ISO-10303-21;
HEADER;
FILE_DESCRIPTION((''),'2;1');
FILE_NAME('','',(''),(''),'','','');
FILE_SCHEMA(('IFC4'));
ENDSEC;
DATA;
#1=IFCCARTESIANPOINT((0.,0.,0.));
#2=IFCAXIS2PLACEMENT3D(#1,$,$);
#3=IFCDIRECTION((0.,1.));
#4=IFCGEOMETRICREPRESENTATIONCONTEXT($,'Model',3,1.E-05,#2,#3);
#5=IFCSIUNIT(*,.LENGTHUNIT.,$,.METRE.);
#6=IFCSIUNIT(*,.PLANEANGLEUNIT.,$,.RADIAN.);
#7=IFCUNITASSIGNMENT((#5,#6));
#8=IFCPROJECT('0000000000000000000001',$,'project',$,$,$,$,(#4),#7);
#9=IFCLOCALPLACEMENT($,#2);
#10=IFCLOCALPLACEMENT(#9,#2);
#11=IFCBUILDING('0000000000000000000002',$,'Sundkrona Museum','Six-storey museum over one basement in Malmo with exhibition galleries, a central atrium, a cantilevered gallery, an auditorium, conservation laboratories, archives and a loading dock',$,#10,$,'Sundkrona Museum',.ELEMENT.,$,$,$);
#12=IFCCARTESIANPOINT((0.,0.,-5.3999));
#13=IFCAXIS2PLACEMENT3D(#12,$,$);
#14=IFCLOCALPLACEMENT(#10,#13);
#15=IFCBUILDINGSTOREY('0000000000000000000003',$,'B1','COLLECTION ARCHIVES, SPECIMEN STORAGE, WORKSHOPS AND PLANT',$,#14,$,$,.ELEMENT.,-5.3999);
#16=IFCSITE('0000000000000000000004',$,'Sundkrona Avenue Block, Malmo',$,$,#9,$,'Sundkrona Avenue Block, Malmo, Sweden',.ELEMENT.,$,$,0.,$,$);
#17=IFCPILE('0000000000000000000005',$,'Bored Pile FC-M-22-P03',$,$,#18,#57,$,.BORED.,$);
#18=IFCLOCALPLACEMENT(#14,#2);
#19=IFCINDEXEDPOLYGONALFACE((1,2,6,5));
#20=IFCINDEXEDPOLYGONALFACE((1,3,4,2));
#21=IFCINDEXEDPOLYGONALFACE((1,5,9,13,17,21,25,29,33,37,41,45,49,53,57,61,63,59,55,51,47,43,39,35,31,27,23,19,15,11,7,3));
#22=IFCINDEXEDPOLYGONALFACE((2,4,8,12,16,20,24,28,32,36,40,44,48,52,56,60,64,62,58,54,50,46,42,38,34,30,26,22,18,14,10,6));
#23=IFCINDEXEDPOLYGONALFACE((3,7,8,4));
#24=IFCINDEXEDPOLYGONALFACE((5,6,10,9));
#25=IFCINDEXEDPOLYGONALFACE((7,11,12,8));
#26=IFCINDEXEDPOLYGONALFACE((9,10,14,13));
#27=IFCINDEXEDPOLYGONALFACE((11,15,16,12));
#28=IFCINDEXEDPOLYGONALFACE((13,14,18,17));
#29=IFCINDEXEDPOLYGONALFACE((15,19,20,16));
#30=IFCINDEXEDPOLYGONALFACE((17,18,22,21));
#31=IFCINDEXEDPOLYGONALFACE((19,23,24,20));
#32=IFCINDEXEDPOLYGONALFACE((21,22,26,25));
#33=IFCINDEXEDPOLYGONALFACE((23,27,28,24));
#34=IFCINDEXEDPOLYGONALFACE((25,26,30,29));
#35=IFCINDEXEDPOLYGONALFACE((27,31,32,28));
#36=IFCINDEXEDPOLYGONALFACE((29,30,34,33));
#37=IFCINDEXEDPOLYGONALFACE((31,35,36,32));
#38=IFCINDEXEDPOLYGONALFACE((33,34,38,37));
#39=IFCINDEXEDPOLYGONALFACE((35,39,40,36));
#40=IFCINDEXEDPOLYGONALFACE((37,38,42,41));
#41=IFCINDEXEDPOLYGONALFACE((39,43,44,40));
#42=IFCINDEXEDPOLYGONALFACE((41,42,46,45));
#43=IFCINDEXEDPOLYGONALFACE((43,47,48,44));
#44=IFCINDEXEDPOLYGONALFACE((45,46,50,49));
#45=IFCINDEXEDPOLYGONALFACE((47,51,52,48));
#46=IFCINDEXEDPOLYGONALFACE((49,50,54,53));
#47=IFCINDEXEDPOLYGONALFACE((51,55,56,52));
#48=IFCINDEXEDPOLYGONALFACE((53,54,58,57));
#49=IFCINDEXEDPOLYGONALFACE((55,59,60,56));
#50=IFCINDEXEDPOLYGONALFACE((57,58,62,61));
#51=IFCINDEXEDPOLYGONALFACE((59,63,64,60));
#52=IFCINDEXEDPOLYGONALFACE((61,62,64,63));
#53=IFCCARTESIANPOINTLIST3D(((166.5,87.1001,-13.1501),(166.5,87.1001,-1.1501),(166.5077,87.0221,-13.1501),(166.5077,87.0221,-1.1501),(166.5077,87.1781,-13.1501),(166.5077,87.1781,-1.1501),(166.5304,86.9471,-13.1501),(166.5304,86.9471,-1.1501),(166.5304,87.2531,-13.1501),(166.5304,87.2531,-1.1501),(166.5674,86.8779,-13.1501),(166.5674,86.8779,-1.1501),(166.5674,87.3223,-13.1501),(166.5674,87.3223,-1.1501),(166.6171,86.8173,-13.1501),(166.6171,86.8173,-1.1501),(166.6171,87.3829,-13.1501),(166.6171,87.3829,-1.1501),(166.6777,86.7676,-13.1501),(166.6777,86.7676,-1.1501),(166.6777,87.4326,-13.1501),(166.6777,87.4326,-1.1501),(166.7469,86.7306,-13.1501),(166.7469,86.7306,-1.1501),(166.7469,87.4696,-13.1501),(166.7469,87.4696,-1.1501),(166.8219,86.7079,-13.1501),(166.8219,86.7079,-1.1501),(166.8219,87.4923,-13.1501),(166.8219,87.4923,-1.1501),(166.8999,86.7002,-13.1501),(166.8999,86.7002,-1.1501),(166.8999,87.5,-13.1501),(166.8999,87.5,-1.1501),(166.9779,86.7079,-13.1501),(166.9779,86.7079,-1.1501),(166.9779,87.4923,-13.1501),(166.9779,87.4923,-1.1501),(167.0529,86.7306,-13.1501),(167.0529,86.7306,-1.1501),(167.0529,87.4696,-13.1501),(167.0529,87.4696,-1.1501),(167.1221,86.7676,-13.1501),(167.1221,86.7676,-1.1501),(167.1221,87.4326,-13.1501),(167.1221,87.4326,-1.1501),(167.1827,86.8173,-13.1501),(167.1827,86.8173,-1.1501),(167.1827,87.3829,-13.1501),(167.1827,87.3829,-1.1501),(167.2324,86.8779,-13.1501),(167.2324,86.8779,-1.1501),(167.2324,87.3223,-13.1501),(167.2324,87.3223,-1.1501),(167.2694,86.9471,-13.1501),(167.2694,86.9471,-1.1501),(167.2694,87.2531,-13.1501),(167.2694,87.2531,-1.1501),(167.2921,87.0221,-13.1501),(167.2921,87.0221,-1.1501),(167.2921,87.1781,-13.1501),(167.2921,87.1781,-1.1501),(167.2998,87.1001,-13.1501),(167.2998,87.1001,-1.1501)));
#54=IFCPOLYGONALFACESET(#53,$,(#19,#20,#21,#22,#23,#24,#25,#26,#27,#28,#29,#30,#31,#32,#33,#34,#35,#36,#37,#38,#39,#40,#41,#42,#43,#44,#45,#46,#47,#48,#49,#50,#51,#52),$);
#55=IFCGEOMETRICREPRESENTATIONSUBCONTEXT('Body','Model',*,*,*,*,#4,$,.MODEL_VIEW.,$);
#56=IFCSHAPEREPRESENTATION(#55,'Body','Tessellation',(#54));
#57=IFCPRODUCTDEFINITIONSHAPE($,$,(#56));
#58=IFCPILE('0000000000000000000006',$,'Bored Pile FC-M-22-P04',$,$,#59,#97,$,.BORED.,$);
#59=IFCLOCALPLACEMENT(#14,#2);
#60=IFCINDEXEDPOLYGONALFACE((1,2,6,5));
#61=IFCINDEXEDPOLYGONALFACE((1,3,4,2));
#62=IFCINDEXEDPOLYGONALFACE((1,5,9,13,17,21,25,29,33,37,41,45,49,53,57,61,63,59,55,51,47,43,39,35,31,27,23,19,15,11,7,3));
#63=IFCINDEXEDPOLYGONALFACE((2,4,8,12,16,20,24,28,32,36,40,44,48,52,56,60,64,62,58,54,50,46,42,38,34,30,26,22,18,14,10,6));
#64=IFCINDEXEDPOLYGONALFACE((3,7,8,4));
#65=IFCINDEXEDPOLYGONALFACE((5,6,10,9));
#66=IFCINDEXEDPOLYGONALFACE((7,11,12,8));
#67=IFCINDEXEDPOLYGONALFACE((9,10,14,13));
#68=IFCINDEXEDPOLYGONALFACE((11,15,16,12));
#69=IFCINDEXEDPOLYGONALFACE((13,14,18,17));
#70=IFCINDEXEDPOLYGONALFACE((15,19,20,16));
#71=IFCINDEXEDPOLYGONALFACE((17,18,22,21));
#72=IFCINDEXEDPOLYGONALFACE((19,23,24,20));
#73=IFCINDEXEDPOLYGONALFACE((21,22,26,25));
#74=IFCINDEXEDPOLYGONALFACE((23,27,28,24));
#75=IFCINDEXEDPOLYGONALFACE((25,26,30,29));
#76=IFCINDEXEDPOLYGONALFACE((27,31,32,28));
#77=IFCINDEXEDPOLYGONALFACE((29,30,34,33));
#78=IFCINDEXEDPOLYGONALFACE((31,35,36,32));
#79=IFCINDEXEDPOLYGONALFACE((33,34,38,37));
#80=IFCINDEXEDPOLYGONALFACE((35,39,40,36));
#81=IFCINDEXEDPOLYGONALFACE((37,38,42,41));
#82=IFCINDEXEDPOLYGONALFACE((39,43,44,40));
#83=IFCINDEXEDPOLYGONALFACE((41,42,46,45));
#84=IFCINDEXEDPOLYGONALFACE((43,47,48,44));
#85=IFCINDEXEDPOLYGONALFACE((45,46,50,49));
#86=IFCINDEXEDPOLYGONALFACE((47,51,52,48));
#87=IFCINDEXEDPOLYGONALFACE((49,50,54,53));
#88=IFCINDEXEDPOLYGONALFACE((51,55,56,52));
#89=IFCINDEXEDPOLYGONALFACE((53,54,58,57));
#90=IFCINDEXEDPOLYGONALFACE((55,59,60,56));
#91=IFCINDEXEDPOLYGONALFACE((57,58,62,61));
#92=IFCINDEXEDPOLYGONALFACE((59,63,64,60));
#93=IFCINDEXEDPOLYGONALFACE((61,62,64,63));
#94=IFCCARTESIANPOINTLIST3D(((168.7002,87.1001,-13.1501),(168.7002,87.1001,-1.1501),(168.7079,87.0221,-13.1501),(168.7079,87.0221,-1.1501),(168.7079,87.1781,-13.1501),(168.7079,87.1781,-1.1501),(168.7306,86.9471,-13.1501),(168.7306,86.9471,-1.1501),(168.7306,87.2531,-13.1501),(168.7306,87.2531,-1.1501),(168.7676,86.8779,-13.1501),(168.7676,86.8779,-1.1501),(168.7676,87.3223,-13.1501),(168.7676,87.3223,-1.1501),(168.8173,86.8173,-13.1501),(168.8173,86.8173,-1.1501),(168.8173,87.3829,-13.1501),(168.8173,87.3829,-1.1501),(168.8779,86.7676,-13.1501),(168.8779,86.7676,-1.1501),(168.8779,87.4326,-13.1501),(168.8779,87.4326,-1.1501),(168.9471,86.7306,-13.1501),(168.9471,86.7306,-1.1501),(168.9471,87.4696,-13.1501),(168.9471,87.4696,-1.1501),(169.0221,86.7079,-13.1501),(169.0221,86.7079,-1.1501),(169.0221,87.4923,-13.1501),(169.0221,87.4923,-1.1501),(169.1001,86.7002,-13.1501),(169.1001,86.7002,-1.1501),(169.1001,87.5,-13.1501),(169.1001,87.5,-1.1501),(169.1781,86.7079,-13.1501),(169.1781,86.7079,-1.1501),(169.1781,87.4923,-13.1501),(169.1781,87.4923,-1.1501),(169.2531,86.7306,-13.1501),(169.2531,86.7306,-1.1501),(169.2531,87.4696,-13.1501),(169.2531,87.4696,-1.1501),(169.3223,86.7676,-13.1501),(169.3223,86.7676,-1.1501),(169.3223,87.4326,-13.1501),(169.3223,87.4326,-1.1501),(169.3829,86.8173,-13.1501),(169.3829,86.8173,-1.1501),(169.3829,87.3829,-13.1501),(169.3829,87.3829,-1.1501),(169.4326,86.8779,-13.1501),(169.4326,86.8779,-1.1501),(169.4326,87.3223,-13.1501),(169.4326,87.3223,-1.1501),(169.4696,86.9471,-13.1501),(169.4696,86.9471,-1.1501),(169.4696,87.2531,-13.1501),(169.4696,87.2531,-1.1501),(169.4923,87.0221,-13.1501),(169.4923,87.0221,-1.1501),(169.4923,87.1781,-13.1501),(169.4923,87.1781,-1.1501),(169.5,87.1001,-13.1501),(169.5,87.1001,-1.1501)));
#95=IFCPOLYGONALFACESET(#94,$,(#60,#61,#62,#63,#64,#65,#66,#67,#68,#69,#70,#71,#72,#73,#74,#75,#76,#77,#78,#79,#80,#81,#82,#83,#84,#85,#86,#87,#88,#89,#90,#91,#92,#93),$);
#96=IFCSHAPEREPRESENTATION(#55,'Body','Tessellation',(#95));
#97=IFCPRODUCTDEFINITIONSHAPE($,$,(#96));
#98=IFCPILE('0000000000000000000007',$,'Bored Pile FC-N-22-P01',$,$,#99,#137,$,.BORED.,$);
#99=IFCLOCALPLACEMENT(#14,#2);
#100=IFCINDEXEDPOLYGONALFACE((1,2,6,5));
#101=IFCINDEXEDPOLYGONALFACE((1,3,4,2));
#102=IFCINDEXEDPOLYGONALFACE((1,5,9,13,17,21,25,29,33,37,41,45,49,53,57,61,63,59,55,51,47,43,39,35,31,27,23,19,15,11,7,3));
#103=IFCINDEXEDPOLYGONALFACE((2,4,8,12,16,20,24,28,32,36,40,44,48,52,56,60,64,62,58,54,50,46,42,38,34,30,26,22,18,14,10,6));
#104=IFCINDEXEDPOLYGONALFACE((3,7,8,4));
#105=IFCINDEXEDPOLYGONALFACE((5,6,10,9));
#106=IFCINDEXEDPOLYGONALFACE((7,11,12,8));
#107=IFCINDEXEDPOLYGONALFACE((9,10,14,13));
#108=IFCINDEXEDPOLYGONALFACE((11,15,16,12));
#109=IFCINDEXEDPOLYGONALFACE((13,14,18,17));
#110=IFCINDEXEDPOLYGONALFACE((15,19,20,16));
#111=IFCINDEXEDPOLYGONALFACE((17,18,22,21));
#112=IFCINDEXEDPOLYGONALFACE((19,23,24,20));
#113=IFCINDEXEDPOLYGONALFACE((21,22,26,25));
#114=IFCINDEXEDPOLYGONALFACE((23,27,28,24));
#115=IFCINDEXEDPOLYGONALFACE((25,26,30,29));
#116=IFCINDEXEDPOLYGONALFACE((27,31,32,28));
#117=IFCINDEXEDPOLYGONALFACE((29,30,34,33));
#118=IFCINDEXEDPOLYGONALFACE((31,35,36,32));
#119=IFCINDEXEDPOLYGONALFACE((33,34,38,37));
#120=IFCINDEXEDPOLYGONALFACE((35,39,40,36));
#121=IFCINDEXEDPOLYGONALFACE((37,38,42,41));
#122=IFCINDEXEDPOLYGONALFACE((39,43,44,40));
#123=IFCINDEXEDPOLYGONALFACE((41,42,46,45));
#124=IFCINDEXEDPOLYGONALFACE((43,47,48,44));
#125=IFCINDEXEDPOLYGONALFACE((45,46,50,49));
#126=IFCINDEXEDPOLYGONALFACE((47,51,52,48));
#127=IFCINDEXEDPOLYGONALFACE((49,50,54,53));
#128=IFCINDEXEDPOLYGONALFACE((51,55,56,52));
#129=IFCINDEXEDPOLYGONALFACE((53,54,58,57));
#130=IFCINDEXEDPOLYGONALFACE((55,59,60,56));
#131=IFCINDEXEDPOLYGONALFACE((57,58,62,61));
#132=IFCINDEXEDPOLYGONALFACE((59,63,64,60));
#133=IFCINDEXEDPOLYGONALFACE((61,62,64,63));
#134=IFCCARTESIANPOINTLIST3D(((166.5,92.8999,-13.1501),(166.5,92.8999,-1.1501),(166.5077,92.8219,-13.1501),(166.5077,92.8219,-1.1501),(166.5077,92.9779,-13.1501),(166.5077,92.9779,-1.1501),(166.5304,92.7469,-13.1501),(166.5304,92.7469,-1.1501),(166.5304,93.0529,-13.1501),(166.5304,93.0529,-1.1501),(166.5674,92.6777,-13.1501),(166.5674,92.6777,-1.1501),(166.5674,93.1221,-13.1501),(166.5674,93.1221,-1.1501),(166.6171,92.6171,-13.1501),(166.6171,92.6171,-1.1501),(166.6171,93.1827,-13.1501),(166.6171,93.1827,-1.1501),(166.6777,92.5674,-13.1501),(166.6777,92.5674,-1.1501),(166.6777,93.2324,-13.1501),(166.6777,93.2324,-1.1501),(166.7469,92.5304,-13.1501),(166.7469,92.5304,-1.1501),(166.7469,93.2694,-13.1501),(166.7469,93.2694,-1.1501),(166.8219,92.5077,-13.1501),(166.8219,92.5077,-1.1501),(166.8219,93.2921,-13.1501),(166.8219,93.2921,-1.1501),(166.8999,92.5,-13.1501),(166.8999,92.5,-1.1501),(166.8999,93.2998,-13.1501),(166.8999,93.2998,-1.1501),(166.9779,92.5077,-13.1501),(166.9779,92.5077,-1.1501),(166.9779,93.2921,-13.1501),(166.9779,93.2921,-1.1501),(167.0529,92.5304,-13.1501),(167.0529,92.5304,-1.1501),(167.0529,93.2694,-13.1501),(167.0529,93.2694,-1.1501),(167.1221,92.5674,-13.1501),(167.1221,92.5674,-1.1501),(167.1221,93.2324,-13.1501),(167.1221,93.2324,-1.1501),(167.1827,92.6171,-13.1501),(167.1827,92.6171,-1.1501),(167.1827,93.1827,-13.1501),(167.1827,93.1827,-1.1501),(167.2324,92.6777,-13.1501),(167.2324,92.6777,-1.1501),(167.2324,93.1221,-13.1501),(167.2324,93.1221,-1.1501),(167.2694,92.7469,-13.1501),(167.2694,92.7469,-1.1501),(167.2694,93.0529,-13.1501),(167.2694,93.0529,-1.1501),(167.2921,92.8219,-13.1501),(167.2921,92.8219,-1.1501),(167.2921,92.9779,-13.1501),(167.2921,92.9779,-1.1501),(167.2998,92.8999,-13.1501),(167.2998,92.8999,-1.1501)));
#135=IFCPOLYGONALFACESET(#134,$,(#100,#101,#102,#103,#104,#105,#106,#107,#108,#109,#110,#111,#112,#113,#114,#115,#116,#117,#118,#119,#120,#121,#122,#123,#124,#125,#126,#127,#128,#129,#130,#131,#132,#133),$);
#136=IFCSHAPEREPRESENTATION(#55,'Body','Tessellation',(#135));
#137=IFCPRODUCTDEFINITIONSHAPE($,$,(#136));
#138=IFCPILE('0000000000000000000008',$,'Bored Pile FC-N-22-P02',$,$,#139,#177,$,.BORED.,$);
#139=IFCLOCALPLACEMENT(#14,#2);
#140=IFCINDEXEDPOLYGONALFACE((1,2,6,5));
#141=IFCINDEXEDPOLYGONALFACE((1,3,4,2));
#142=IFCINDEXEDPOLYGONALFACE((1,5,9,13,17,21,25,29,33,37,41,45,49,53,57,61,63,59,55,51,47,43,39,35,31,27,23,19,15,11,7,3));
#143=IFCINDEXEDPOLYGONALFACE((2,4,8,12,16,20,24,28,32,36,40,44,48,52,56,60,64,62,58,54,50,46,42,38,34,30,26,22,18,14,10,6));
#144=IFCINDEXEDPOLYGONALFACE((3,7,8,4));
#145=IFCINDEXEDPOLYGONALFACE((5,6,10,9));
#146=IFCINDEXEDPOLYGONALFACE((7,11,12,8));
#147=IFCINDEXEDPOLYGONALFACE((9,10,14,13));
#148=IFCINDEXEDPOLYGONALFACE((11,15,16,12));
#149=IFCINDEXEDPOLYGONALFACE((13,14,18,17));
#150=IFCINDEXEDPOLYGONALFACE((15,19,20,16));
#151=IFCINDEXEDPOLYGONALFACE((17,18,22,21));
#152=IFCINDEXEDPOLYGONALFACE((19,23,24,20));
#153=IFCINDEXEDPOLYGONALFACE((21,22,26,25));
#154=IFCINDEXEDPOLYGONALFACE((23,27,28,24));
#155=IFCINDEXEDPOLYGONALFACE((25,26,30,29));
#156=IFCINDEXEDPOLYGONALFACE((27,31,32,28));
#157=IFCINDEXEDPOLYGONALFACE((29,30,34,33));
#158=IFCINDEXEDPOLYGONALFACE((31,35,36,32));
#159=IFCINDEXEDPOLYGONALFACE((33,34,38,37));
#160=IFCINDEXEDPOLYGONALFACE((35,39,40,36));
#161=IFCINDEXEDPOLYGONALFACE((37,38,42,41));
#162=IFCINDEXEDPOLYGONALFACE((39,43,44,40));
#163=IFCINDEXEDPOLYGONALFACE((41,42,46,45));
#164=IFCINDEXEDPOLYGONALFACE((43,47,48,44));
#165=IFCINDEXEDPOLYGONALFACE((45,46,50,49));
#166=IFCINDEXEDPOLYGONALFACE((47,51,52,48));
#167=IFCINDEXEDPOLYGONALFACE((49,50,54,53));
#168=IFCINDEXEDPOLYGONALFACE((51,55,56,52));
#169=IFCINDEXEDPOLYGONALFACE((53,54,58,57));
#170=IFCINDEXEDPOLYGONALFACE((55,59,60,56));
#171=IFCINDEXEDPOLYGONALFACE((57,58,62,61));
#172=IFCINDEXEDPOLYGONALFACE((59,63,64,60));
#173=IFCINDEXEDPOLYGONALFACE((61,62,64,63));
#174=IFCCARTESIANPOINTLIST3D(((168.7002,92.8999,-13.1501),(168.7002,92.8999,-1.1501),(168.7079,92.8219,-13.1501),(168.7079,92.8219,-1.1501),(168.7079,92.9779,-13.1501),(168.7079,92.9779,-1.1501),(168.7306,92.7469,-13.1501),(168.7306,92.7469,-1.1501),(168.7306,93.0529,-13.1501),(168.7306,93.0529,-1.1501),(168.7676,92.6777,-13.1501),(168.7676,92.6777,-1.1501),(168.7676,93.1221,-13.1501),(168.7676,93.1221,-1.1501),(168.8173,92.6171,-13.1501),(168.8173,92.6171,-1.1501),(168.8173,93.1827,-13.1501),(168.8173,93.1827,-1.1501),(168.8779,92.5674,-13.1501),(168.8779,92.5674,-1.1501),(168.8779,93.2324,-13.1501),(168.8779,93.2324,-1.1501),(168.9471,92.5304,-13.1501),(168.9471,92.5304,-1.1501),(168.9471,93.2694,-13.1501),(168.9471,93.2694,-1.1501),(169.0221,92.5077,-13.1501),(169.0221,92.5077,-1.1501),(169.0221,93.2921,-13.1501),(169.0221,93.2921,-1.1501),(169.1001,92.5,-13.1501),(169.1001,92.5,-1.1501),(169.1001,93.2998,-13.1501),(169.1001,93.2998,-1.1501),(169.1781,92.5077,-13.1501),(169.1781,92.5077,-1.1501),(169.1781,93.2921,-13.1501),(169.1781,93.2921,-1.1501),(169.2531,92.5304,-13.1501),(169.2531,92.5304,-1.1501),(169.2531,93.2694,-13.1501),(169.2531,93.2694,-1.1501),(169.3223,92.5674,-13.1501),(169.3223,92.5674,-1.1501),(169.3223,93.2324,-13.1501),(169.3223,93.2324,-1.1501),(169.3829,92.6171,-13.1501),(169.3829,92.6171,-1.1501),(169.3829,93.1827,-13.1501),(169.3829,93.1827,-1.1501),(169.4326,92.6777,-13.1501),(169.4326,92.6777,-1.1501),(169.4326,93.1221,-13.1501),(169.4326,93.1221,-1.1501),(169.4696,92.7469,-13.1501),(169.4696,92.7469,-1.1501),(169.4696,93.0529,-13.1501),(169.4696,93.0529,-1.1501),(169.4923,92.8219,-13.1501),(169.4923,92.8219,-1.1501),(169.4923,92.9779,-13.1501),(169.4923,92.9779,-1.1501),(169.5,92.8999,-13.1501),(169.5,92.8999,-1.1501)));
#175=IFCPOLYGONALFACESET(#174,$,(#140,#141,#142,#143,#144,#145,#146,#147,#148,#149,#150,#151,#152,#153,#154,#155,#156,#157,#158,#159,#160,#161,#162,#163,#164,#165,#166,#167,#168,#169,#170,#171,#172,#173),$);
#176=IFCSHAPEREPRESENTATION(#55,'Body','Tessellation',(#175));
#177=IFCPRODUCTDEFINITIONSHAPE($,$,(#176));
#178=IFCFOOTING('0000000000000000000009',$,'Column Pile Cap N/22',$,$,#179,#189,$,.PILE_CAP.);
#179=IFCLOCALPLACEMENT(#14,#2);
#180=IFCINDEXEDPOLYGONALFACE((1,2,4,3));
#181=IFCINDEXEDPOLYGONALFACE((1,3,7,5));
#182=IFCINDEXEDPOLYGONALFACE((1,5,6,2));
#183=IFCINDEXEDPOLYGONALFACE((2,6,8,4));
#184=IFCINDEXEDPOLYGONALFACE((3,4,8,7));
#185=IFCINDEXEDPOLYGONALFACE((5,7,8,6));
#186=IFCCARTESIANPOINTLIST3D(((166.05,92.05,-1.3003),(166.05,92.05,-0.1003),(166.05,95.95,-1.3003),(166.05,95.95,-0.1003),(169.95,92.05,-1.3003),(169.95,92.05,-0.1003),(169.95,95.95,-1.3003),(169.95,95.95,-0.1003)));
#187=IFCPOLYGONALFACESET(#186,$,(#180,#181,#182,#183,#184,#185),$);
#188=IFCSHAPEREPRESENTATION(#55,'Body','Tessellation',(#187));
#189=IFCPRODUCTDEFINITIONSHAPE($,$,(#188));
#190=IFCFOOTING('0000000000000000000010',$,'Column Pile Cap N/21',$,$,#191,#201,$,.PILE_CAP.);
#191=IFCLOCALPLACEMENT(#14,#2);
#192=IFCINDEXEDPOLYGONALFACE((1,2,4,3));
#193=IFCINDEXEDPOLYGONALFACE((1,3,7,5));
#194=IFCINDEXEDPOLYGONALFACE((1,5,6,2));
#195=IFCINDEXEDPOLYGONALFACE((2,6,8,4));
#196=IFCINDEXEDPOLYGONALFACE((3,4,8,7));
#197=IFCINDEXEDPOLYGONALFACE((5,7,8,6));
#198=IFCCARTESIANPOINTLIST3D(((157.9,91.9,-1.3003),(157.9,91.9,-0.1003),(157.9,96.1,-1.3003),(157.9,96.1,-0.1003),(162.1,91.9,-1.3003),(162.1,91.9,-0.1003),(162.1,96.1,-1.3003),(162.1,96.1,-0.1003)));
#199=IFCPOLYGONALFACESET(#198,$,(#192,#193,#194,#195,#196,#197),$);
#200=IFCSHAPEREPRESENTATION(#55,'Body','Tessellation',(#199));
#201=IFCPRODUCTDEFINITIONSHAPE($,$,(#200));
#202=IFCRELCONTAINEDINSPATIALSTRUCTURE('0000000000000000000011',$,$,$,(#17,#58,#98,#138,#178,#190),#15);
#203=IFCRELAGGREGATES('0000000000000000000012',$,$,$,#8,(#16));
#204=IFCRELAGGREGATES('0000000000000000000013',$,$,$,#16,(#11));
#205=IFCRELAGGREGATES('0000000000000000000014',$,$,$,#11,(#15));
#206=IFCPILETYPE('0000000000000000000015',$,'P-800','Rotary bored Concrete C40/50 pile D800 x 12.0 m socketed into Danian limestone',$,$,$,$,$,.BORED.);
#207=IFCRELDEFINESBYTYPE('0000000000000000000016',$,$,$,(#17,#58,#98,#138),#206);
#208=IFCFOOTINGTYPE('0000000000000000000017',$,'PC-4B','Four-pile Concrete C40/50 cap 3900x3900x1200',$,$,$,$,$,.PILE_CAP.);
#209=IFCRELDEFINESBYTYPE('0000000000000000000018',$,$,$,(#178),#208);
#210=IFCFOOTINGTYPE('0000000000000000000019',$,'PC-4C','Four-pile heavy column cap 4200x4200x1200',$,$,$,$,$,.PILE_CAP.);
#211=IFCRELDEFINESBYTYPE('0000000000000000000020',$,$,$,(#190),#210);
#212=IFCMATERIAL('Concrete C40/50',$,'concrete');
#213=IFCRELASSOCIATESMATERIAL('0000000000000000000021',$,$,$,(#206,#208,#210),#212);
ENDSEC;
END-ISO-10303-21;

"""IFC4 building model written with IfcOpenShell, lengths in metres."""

from ifc_helpers import new_model, si_unit, direction, frame, origin, origin_2d, place, context, subcontext, project, spatial, rectangle, circle, extrude, material, material_profile, profile_set, type_object, element, save


model = new_model("IFC4")

# Units and contexts
model_context = context("Model", 3, precision=1e-05, world=origin(), true_north=direction((0.0, 1.0)))
body_context = subcontext(model_context, "Body", "Model", "MODEL_VIEW")
ifc_project = project(units=[si_unit("LENGTHUNIT", "METRE"), si_unit("PLANEANGLEUNIT", "RADIAN")], contexts=[model_context])

# Site, building, storey
site_placement = place(None, origin())
site = spatial("IfcSite", under=ifc_project, at=site_placement, Name="Sundkrona Avenue Block, Malmo", LongName="Sundkrona Avenue Block, Malmo, Sweden", CompositionType="ELEMENT", RefElevation=0.0)
building_placement = place(site_placement, origin())
building = spatial("IfcBuilding", under=site, at=building_placement, Name="Sundkrona Museum", Description="Six-storey museum over one basement in Malmo with exhibition galleries, a central atrium, a cantilevered gallery, an auditorium, conservation laboratories, archives and a loading dock", LongName="Sundkrona Museum", CompositionType="ELEMENT")
storey_placement = place(building_placement, frame((0.0, 0.0, -5.3999)))
storey = spatial("IfcBuildingStorey", under=building, at=storey_placement, Name="B1", Description="COLLECTION ARCHIVES, SPECIMEN STORAGE, WORKSHOPS AND PLANT", CompositionType="ELEMENT", Elevation=-5.3999)

# Shared definitions
ifc_material_1 = material(Name="Concrete C40/50", Category="concrete")

# Piles
ifc_material_profile_1 = material_profile(ifc_material_1, circle(Radius=0.3999, at=origin_2d()), Name="PILE D800")
ifc_profile_set_1 = profile_set([ifc_material_profile_1], Name="Concrete C40/50")
pile_type = type_object("IfcPileType", Name="P-800", Description="Rotary bored Concrete C40/50 pile D800 x 12.0 m socketed into Danian limestone", PredefinedType="BORED", material=ifc_profile_set_1)
for number, where, z_axis, x_axis, name in (
    (1, (166.8999, 87.1001, -1.1501), (0.0, 0.0, -1.0), (1.0, 0.0, 0.0), "Bored Pile FC-M-22-P03"),
    (2, (169.1001, 87.1001, -1.1501), (0.0, 0.0, -1.0), (1.0, 0.0, 0.0), "Bored Pile FC-M-22-P04"),
    (3, (166.8999, 92.8999, -1.1501), (0.0, 0.0, -1.0), (1.0, 0.0, 0.0), "Bored Pile FC-N-22-P01"),
    (4, (169.1001, 92.8999, -1.1501), (0.0, 0.0, -1.0), (1.0, 0.0, 0.0), "Bored Pile FC-N-22-P02"),
):
    element("IfcPile", number, at=place(storey_placement, frame(where, z_axis=z_axis, x_axis=x_axis)), inside=storey, type_object=pile_type, Name=name, PredefinedType="BORED", context=body_context, shape_type="SweptSolid", body=[
        extrude(circle(Radius=0.3999, at=origin_2d()), origin(), (0.0, 0.0, 1.0), 12.0),
    ])

# Footings
footing_type_1 = type_object("IfcFootingType", Name="PC-4B", Description="Four-pile Concrete C40/50 cap 3900x3900x1200", PredefinedType="PILE_CAP", material=ifc_material_1)
footing_1_placement = place(storey_placement, frame((168.0, 94.0, -1.3003), z_axis=(0.0, 0.0, 1.0), x_axis=(1.0, 0.0, 0.0)))
element("IfcFooting", 5, at=footing_1_placement, inside=storey, type_object=footing_type_1, Name="Column Pile Cap N/22", PredefinedType="PILE_CAP", context=body_context, shape_type="SweptSolid", body=[
    extrude(rectangle(XDim=3.8999, YDim=3.8999, at=origin_2d()), origin(), (0.0, 0.0, 1.0), 1.2),
])
footing_type_2 = type_object("IfcFootingType", Name="PC-4C", Description="Four-pile heavy column cap 4200x4200x1200", PredefinedType="PILE_CAP", material=ifc_material_1)
footing_2_placement = place(storey_placement, frame((160.0, 94.0, -1.3003), z_axis=(0.0, 0.0, 1.0), x_axis=(1.0, 0.0, 0.0)))
element("IfcFooting", 6, at=footing_2_placement, inside=storey, type_object=footing_type_2, Name="Column Pile Cap N/21", PredefinedType="PILE_CAP", context=body_context, shape_type="SweptSolid", body=[
    extrude(rectangle(XDim=4.2, YDim=4.2, at=origin_2d()), origin(), (0.0, 0.0, 1.0), 1.2),
])

save(model, "model.ifc")
